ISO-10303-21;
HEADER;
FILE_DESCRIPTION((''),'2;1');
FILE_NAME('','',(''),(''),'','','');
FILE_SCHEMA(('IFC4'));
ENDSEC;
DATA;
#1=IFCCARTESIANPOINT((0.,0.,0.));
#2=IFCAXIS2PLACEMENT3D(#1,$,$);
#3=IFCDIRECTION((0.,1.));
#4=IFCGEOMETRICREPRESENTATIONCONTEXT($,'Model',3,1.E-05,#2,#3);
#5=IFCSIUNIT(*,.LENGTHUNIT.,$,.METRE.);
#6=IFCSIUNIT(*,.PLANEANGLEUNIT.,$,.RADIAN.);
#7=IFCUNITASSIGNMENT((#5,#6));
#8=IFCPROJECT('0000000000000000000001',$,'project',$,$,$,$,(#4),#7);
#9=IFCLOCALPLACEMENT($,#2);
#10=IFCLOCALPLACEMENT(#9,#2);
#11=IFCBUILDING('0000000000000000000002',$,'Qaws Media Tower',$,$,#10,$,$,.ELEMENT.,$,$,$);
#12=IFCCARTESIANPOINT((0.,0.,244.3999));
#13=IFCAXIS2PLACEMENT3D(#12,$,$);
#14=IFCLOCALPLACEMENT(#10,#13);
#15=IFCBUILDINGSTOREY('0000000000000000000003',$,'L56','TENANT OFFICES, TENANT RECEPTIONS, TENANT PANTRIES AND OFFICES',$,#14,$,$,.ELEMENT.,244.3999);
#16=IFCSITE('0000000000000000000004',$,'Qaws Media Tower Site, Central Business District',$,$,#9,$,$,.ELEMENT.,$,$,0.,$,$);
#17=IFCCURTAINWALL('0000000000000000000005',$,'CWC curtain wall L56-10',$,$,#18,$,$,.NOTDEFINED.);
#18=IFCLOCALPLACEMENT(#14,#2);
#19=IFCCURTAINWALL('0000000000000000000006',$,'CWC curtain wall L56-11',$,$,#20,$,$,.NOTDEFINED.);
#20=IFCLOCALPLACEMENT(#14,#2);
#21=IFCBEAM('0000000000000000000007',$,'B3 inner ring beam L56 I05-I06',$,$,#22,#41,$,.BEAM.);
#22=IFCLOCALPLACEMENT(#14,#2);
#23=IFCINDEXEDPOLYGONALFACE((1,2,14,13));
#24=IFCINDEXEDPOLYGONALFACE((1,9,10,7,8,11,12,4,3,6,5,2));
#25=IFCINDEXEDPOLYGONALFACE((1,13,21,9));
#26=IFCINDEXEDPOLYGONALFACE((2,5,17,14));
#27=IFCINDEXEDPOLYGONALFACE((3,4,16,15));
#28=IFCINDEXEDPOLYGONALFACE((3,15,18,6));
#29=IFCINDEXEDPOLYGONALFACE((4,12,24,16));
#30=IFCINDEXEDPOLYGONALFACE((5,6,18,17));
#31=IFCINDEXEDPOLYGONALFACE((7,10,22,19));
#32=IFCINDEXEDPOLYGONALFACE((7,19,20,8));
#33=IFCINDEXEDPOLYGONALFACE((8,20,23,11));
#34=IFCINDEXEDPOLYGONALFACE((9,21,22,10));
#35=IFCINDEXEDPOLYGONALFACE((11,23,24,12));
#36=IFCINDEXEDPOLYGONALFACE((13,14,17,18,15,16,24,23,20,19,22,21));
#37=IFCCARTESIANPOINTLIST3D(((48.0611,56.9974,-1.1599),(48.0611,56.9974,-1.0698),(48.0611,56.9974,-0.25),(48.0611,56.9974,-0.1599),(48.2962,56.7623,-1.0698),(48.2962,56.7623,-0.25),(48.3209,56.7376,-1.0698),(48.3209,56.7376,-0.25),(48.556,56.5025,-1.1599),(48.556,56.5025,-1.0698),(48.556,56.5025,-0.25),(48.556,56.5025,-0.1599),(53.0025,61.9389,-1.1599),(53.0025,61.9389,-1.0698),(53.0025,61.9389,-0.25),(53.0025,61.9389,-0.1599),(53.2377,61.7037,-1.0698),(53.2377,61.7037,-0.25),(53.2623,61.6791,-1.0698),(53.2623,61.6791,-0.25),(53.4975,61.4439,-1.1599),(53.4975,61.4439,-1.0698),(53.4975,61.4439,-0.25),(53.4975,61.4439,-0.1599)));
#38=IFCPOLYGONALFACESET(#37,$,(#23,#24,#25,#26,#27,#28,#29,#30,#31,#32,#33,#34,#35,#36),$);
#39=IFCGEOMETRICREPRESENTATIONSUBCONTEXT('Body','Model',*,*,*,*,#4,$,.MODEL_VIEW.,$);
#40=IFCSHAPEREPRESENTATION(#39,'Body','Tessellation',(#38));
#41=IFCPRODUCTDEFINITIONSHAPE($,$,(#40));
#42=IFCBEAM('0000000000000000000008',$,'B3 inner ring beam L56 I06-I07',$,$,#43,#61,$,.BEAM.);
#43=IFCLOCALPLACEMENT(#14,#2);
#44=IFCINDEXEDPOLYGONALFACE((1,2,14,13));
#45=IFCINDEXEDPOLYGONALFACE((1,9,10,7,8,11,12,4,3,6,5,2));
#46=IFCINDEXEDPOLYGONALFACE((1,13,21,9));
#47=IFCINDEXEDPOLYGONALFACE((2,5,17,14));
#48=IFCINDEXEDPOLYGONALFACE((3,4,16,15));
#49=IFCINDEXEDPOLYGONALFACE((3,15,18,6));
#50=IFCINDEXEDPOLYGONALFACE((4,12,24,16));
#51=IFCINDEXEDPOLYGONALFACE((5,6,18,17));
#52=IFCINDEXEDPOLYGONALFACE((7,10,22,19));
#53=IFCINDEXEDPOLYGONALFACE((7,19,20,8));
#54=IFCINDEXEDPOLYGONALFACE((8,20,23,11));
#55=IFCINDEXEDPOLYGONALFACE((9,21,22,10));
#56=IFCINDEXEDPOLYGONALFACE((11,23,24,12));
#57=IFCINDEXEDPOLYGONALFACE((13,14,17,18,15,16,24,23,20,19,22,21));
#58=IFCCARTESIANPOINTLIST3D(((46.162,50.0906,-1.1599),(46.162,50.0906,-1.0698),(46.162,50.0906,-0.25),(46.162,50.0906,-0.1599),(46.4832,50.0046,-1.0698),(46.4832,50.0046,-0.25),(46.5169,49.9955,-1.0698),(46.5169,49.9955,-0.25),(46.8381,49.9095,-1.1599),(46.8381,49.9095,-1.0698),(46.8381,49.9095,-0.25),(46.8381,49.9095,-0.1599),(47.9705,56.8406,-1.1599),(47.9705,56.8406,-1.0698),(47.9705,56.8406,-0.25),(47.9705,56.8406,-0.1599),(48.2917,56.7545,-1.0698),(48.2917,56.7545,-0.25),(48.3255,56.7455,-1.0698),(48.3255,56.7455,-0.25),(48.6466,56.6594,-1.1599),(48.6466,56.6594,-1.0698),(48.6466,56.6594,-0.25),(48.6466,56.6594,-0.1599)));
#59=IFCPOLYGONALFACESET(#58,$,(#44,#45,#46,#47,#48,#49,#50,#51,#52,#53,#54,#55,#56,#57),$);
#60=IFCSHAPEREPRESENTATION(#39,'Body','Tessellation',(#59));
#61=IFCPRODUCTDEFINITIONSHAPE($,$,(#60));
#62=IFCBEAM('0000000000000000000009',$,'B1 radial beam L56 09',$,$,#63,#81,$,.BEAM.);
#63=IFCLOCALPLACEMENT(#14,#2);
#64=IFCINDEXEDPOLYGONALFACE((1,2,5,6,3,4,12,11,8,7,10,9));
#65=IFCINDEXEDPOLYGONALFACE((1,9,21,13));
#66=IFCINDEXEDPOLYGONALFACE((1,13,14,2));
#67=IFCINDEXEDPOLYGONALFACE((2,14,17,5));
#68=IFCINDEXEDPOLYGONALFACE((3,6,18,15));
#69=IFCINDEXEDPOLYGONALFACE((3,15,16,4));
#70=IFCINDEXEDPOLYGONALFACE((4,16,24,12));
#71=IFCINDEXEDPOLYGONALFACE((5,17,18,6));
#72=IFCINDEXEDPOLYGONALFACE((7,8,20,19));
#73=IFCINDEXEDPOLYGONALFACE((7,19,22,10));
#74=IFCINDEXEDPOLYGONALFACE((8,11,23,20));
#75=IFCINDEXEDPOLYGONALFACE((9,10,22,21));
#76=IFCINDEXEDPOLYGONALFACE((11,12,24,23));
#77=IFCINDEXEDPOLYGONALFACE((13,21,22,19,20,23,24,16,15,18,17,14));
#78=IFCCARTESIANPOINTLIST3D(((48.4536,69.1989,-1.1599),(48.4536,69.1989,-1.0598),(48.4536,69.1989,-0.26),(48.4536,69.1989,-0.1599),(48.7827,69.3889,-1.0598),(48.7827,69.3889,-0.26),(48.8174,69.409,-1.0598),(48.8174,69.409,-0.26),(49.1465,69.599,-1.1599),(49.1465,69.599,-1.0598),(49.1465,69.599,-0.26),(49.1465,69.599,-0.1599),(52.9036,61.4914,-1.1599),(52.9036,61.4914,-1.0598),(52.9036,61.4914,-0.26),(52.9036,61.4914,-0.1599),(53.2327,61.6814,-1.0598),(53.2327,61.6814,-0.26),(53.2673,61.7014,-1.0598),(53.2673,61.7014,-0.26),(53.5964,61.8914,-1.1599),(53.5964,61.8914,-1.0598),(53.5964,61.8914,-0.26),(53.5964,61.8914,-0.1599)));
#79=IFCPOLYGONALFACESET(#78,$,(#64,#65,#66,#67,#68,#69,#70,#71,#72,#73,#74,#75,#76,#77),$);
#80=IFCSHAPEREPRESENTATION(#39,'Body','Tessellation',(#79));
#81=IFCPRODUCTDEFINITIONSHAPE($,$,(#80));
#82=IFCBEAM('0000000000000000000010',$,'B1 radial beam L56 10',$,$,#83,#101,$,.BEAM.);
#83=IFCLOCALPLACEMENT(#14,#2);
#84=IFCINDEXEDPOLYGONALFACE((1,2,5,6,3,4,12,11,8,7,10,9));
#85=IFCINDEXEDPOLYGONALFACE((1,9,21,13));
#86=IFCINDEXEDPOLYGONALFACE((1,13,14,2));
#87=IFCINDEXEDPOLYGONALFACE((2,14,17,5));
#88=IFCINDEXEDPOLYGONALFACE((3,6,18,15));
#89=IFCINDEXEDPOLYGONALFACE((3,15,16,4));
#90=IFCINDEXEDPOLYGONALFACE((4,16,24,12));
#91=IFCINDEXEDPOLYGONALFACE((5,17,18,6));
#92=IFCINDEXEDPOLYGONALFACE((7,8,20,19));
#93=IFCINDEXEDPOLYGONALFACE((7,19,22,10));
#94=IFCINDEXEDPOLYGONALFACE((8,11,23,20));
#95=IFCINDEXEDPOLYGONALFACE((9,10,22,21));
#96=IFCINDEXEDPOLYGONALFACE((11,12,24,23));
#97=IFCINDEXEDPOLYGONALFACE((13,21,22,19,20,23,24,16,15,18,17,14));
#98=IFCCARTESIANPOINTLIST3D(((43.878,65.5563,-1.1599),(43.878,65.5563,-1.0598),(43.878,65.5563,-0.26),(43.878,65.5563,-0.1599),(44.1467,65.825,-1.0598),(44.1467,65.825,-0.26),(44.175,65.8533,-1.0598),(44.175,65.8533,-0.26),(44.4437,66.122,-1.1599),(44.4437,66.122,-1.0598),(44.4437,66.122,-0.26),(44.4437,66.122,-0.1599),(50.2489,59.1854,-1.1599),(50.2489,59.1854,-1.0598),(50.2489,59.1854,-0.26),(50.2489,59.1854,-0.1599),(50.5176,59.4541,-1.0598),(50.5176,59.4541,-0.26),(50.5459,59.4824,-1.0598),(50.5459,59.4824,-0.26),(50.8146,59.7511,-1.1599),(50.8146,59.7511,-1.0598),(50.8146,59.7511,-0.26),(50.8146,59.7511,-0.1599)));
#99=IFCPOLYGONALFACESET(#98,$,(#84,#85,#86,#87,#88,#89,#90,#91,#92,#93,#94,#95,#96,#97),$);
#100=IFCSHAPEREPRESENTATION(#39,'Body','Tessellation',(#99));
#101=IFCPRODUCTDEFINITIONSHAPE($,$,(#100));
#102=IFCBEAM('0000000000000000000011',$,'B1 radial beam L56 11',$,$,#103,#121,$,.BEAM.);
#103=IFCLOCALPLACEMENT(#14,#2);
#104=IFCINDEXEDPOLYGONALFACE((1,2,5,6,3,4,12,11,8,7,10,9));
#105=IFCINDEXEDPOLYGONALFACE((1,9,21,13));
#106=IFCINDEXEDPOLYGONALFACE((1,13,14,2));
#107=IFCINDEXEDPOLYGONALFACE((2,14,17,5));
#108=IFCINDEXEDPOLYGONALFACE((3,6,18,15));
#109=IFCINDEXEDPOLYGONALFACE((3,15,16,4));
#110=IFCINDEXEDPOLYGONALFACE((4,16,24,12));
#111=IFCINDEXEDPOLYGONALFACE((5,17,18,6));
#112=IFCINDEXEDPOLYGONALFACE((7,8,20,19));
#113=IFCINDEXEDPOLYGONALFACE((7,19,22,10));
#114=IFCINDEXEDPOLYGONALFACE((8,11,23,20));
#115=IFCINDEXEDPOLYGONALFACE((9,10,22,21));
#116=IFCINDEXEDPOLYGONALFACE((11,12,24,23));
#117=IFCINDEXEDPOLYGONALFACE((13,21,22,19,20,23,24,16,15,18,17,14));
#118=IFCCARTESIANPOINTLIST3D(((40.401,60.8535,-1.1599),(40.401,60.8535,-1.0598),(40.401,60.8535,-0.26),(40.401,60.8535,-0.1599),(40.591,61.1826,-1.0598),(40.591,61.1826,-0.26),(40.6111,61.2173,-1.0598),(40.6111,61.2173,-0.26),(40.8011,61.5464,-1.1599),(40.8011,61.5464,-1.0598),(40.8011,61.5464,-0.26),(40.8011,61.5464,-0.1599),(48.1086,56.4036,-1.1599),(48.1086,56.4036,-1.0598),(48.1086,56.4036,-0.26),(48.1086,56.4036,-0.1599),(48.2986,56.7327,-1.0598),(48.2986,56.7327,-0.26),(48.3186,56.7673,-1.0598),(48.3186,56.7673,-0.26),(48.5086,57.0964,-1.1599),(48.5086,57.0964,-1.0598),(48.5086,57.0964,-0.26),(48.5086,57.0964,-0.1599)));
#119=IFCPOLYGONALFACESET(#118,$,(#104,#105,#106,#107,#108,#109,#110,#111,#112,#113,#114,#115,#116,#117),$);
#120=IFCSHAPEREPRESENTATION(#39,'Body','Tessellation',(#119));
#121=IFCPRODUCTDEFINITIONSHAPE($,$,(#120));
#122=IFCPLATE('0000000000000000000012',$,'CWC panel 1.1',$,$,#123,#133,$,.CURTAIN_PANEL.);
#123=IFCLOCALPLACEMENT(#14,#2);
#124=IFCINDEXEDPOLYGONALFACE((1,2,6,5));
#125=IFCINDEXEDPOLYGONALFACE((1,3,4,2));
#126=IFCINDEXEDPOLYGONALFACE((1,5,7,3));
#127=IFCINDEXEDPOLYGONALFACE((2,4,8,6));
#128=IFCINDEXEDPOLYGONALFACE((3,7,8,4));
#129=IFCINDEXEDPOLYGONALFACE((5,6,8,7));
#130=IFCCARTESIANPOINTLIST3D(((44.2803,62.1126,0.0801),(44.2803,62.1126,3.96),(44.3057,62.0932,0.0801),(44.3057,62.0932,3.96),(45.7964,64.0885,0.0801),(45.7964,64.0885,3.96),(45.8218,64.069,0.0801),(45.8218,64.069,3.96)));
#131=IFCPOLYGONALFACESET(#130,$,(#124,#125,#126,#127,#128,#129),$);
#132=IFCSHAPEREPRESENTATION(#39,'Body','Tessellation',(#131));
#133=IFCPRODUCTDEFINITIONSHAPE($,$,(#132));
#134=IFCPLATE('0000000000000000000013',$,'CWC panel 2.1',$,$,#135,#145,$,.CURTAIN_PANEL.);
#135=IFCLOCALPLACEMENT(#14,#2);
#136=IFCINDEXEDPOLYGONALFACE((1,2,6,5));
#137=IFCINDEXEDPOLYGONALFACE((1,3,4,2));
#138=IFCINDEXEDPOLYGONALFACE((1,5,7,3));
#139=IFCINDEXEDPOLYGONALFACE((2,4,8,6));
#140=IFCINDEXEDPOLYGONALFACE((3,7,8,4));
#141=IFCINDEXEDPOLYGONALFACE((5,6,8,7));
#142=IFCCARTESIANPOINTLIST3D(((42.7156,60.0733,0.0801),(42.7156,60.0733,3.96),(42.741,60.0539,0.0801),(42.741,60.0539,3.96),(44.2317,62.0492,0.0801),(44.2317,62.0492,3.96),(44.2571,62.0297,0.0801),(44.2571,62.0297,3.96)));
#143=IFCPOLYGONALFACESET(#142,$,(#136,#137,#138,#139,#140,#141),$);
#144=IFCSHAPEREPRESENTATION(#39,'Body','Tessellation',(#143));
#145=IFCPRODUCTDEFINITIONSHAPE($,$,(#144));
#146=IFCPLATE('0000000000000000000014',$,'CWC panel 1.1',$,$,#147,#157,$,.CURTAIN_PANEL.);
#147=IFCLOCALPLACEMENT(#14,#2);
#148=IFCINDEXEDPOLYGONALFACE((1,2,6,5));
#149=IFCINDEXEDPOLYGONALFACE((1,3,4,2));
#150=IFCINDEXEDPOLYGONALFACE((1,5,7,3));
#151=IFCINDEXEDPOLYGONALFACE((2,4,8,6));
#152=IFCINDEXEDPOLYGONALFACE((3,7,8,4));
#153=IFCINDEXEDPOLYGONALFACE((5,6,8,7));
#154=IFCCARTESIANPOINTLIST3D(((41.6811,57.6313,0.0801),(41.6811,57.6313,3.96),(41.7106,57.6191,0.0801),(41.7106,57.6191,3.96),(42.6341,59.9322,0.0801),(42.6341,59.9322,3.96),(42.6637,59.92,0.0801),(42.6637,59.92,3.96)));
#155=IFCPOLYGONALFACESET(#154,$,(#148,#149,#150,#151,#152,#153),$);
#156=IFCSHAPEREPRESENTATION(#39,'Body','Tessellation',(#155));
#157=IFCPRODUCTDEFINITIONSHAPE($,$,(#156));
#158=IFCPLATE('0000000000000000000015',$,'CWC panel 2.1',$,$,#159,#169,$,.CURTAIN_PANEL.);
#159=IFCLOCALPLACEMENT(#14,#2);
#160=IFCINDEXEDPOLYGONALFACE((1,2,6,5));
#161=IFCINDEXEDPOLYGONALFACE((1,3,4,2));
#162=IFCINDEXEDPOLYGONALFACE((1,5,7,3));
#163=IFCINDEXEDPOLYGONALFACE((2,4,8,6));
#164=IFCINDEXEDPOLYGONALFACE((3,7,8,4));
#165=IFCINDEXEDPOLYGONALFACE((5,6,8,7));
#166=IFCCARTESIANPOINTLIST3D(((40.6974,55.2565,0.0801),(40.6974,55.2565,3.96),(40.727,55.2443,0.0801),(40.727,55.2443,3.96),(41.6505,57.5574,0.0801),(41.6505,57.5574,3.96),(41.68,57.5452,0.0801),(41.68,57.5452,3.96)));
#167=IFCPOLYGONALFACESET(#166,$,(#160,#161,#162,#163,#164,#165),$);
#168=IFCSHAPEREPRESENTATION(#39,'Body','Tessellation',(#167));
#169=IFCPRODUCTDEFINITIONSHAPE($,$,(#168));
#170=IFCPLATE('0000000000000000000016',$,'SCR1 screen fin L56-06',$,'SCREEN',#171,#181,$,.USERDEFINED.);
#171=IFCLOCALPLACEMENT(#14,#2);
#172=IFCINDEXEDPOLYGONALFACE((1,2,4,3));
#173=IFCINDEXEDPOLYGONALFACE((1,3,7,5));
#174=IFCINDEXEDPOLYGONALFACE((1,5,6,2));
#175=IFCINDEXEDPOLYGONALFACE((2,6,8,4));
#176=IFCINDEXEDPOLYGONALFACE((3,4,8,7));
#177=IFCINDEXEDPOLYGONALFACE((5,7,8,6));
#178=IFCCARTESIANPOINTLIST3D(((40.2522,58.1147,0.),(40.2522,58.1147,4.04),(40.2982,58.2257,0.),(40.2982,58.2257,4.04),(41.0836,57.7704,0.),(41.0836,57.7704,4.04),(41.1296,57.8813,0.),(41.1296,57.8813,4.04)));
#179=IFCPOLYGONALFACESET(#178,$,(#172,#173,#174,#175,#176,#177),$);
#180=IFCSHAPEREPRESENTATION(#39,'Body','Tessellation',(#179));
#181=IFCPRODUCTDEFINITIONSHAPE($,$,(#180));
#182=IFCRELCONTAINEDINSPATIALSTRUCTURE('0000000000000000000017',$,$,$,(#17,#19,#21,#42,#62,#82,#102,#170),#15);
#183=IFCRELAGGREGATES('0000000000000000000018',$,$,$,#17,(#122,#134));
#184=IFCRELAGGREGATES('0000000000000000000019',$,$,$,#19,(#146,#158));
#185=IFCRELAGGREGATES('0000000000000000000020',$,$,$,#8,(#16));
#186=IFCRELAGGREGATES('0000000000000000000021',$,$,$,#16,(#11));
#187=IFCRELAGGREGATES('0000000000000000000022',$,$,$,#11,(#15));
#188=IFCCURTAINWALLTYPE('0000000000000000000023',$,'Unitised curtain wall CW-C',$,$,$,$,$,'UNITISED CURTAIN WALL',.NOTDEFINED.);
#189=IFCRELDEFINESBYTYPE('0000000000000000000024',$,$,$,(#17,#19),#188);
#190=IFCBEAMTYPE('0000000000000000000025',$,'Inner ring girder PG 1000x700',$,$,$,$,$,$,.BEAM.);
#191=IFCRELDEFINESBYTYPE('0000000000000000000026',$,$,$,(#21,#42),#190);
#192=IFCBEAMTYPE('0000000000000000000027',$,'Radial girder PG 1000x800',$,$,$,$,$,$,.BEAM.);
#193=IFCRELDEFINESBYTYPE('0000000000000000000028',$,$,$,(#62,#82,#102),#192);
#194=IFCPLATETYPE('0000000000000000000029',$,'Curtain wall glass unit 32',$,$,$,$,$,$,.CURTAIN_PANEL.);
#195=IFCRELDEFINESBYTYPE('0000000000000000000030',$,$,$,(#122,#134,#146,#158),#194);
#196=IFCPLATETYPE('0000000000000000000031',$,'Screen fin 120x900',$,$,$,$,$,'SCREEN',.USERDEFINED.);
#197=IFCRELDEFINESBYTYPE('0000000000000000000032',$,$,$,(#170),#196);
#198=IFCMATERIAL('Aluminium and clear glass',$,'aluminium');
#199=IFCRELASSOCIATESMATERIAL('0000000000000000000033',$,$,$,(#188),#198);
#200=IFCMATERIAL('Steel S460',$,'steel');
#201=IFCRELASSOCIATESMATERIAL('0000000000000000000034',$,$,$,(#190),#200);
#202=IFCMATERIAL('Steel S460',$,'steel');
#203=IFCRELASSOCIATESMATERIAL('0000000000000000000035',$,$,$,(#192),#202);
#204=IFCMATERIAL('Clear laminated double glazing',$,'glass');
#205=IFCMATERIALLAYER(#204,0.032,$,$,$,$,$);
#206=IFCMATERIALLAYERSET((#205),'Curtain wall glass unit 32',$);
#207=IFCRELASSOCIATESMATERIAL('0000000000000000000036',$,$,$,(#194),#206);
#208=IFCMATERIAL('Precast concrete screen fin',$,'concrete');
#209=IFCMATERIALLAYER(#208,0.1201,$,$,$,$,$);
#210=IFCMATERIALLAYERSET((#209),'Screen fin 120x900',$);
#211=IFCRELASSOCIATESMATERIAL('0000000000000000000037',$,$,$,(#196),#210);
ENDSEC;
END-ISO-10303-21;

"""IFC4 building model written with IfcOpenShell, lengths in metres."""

from ifc_helpers import new_model, si_unit, direction, frame, origin, origin_2d, place, context, subcontext, project, spatial, rectangle, i_section, extrude, material, layer, layer_set, material_profile, profile_set, type_object, element, aggregate, save


model = new_model("IFC4")

# Units and contexts
model_context = context("Model", 3, precision=1e-05, world=origin(), true_north=direction((0.0, 1.0)))
body_context = subcontext(model_context, "Body", "Model", "MODEL_VIEW")
ifc_project = project(units=[si_unit("LENGTHUNIT", "METRE"), si_unit("PLANEANGLEUNIT", "RADIAN")], contexts=[model_context])

# Site, building, storey
site_placement = place(None, origin())
site = spatial("IfcSite", under=ifc_project, at=site_placement, Name="Qaws Media Tower Site, Central Business District", CompositionType="ELEMENT", RefElevation=0.0)
building_placement = place(site_placement, origin())
building = spatial("IfcBuilding", under=site, at=building_placement, Name="Qaws Media Tower", CompositionType="ELEMENT")
storey_placement = place(building_placement, frame((0.0, 0.0, 244.3999)))
storey = spatial("IfcBuildingStorey", under=building, at=storey_placement, Name="L56", Description="TENANT OFFICES, TENANT RECEPTIONS, TENANT PANTRIES AND OFFICES", CompositionType="ELEMENT", Elevation=244.3999)

# Curtain walls
ifc_material_1 = material(Name="Aluminium and clear glass", Category="aluminium")
curtain_wall_type = type_object("IfcCurtainWallType", Name="Unitised curtain wall CW-C", ElementType="UNITISED CURTAIN WALL", PredefinedType="NOTDEFINED", material=ifc_material_1)
curtain_wall_1_placement = place(storey_placement, origin())
curtain_wall_1 = element("IfcCurtainWall", 1, at=curtain_wall_1_placement, inside=storey, type_object=curtain_wall_type, Name="CWC curtain wall L56-10", PredefinedType="NOTDEFINED")
curtain_wall_2_placement = place(storey_placement, origin())
curtain_wall_2 = element("IfcCurtainWall", 2, at=curtain_wall_2_placement, inside=storey, type_object=curtain_wall_type, Name="CWC curtain wall L56-11", PredefinedType="NOTDEFINED")

# Beams
ifc_material_2 = material(Name="Steel S460", Category="steel")
ifc_material_profile_1 = material_profile(ifc_material_2, i_section(OverallWidth=0.7, OverallDepth=1.0, WebThickness=0.0349, FlangeThickness=0.0901, at=origin_2d()), Name="PG 1000x700")
ifc_profile_set_1 = profile_set([ifc_material_profile_1], Name="Steel S460")
beam_type_1 = type_object("IfcBeamType", Name="Inner ring girder PG 1000x700", PredefinedType="BEAM", material=ifc_profile_set_1)
beam_1_placement = place(storey_placement, frame((53.25, 61.6914, -0.6599), z_axis=(-0.707107, -0.707107, 0.0), x_axis=(0.707107, -0.707107, 0.0)))
element("IfcBeam", 3, at=beam_1_placement, inside=storey, type_object=beam_type_1, Name="B3 inner ring beam L56 I05-I06", PredefinedType="BEAM", context=body_context, shape_type="SweptSolid", body=[
    extrude(i_section(OverallWidth=0.7, OverallDepth=1.0, WebThickness=0.0349, FlangeThickness=0.0901, at=origin_2d()), origin(), (0.0, 0.0, 1.0), 6.9883),
])
beam_2_placement = place(storey_placement, frame((48.3086, 56.75, -0.6599), z_axis=(-0.258811, -0.965928, 0.0), x_axis=(0.965928, -0.258811, 0.0)))
element("IfcBeam", 4, at=beam_2_placement, inside=storey, type_object=beam_type_1, Name="B3 inner ring beam L56 I06-I07", PredefinedType="BEAM", context=body_context, shape_type="SweptSolid", body=[
    extrude(i_section(OverallWidth=0.7, OverallDepth=1.0, WebThickness=0.0349, FlangeThickness=0.0901, at=origin_2d()), origin(), (0.0, 0.0, 1.0), 6.988),
])
ifc_material_3 = material(Name="Steel S460", Category="steel")
ifc_material_profile_2 = material_profile(ifc_material_3, i_section(OverallWidth=0.8, OverallDepth=1.0, WebThickness=0.04, FlangeThickness=0.1001, at=origin_2d()), Name="PG 1000x800")
ifc_profile_set_2 = profile_set([ifc_material_profile_2], Name="Steel S460")
beam_type_2 = type_object("IfcBeamType", Name="Radial girder PG 1000x800", PredefinedType="BEAM", material=ifc_profile_set_2)
beam_3_placement = place(storey_placement, frame((53.25, 61.6914, -0.6599), z_axis=(-0.500001, 0.866025, 0.0), x_axis=(-0.866025, -0.500001, 0.0)))
element("IfcBeam", 5, at=beam_3_placement, inside=storey, type_object=beam_type_2, Name="B1 radial beam L56 09", PredefinedType="BEAM", context=body_context, shape_type="SweptSolid", body=[
    extrude(i_section(OverallWidth=0.8, OverallDepth=1.0, WebThickness=0.04, FlangeThickness=0.1001, at=origin_2d()), origin(), (0.0, 0.0, 1.0), 8.8999),
])
beam_4_placement = place(storey_placement, frame((50.5317, 59.4683, -0.6599), z_axis=(-0.707107, 0.707107, 0.0), x_axis=(-0.707107, -0.707107, 0.0)))
element("IfcBeam", 6, at=beam_4_placement, inside=storey, type_object=beam_type_2, Name="B1 radial beam L56 10", PredefinedType="BEAM", context=body_context, shape_type="SweptSolid", body=[
    extrude(i_section(OverallWidth=0.8, OverallDepth=1.0, WebThickness=0.04, FlangeThickness=0.1001, at=origin_2d()), origin(), (0.0, 0.0, 1.0), 9.0098),
])
beam_5_placement = place(storey_placement, frame((48.3086, 56.75, -0.6599), z_axis=(-0.866025, 0.500001, 0.0), x_axis=(-0.500001, -0.866025, 0.0)))
element("IfcBeam", 7, at=beam_5_placement, inside=storey, type_object=beam_type_2, Name="B1 radial beam L56 11", PredefinedType="BEAM", context=body_context, shape_type="SweptSolid", body=[
    extrude(i_section(OverallWidth=0.8, OverallDepth=1.0, WebThickness=0.04, FlangeThickness=0.1001, at=origin_2d()), origin(), (0.0, 0.0, 1.0), 8.8999),
])

# Plates
ifc_material_4 = material(Name="Clear laminated double glazing", Category="glass")
ifc_layer_1 = layer(ifc_material_4, 0.032)
ifc_layer_set_1 = layer_set([ifc_layer_1], Name="Curtain wall glass unit 32")
plate_type_1 = type_object("IfcPlateType", Name="Curtain wall glass unit 32", PredefinedType="CURTAIN_PANEL", material=ifc_layer_set_1)
plate_1_placement = place(storey_placement, frame((45.051, 63.0908, 0.0801), z_axis=(0.0, 0.0, 1.0), x_axis=(-0.608761, -0.793353, 0.0)))
plate_1 = element("IfcPlate", 8, at=plate_1_placement, type_object=plate_type_1, Name="CWC panel 1.1", PredefinedType="CURTAIN_PANEL", context=body_context, shape_type="SweptSolid", body=[
    extrude(rectangle(XDim=2.4905, YDim=0.032, at=origin_2d()), origin(), (0.0, 0.0, 1.0), 3.8799),
])
plate_2_placement = place(storey_placement, frame((43.4863, 61.0515, 0.0801), z_axis=(0.0, 0.0, 1.0), x_axis=(-0.608761, -0.793353, 0.0)))
plate_2 = element("IfcPlate", 9, at=plate_2_placement, type_object=plate_type_1, Name="CWC panel 2.1", PredefinedType="CURTAIN_PANEL", context=body_context, shape_type="SweptSolid", body=[
    extrude(rectangle(XDim=2.4905, YDim=0.032, at=origin_2d()), origin(), (0.0, 0.0, 1.0), 3.8799),
])
aggregate(curtain_wall_1, [plate_1, plate_2])
plate_3_placement = place(storey_placement, frame((42.1724, 58.7756, 0.0801), z_axis=(0.0, 0.0, 1.0), x_axis=(-0.382684, -0.923879, 0.0)))
plate_3 = element("IfcPlate", 10, at=plate_3_placement, type_object=plate_type_1, Name="CWC panel 1.1", PredefinedType="CURTAIN_PANEL", context=body_context, shape_type="SweptSolid", body=[
    extrude(rectangle(XDim=2.4905, YDim=0.032, at=origin_2d()), origin(), (0.0, 0.0, 1.0), 3.8799),
])
plate_4_placement = place(storey_placement, frame((41.1887, 56.4009, 0.0801), z_axis=(0.0, 0.0, 1.0), x_axis=(-0.382684, -0.923879, 0.0)))
plate_4 = element("IfcPlate", 11, at=plate_4_placement, type_object=plate_type_1, Name="CWC panel 2.1", PredefinedType="CURTAIN_PANEL", context=body_context, shape_type="SweptSolid", body=[
    extrude(rectangle(XDim=2.4905, YDim=0.032, at=origin_2d()), origin(), (0.0, 0.0, 1.0), 3.8799),
])
aggregate(curtain_wall_2, [plate_3, plate_4])
ifc_material_5 = material(Name="Precast concrete screen fin", Category="concrete")
ifc_layer_2 = layer(ifc_material_5, 0.1201)
ifc_layer_set_2 = layer_set([ifc_layer_2], Name="Screen fin 120x900")
plate_type_2 = type_object("IfcPlateType", Name="Screen fin 120x900", ElementType="SCREEN", PredefinedType="USERDEFINED", material=ifc_layer_set_2)
plate_5_placement = place(storey_placement, frame((40.6909, 57.998, 0.0), z_axis=(0.0, 0.0, 1.0), x_axis=(-0.92388, 0.382683, 0.0)))
element("IfcPlate", 12, at=plate_5_placement, inside=storey, type_object=plate_type_2, Name="SCR1 screen fin L56-06", ObjectType="SCREEN", PredefinedType="USERDEFINED", context=body_context, shape_type="SweptSolid", body=[
    extrude(rectangle(XDim=0.8999, YDim=0.1201, at=origin_2d()), origin(), (0.0, 0.0, 1.0), 4.04),
])

save(model, "model.ifc")
